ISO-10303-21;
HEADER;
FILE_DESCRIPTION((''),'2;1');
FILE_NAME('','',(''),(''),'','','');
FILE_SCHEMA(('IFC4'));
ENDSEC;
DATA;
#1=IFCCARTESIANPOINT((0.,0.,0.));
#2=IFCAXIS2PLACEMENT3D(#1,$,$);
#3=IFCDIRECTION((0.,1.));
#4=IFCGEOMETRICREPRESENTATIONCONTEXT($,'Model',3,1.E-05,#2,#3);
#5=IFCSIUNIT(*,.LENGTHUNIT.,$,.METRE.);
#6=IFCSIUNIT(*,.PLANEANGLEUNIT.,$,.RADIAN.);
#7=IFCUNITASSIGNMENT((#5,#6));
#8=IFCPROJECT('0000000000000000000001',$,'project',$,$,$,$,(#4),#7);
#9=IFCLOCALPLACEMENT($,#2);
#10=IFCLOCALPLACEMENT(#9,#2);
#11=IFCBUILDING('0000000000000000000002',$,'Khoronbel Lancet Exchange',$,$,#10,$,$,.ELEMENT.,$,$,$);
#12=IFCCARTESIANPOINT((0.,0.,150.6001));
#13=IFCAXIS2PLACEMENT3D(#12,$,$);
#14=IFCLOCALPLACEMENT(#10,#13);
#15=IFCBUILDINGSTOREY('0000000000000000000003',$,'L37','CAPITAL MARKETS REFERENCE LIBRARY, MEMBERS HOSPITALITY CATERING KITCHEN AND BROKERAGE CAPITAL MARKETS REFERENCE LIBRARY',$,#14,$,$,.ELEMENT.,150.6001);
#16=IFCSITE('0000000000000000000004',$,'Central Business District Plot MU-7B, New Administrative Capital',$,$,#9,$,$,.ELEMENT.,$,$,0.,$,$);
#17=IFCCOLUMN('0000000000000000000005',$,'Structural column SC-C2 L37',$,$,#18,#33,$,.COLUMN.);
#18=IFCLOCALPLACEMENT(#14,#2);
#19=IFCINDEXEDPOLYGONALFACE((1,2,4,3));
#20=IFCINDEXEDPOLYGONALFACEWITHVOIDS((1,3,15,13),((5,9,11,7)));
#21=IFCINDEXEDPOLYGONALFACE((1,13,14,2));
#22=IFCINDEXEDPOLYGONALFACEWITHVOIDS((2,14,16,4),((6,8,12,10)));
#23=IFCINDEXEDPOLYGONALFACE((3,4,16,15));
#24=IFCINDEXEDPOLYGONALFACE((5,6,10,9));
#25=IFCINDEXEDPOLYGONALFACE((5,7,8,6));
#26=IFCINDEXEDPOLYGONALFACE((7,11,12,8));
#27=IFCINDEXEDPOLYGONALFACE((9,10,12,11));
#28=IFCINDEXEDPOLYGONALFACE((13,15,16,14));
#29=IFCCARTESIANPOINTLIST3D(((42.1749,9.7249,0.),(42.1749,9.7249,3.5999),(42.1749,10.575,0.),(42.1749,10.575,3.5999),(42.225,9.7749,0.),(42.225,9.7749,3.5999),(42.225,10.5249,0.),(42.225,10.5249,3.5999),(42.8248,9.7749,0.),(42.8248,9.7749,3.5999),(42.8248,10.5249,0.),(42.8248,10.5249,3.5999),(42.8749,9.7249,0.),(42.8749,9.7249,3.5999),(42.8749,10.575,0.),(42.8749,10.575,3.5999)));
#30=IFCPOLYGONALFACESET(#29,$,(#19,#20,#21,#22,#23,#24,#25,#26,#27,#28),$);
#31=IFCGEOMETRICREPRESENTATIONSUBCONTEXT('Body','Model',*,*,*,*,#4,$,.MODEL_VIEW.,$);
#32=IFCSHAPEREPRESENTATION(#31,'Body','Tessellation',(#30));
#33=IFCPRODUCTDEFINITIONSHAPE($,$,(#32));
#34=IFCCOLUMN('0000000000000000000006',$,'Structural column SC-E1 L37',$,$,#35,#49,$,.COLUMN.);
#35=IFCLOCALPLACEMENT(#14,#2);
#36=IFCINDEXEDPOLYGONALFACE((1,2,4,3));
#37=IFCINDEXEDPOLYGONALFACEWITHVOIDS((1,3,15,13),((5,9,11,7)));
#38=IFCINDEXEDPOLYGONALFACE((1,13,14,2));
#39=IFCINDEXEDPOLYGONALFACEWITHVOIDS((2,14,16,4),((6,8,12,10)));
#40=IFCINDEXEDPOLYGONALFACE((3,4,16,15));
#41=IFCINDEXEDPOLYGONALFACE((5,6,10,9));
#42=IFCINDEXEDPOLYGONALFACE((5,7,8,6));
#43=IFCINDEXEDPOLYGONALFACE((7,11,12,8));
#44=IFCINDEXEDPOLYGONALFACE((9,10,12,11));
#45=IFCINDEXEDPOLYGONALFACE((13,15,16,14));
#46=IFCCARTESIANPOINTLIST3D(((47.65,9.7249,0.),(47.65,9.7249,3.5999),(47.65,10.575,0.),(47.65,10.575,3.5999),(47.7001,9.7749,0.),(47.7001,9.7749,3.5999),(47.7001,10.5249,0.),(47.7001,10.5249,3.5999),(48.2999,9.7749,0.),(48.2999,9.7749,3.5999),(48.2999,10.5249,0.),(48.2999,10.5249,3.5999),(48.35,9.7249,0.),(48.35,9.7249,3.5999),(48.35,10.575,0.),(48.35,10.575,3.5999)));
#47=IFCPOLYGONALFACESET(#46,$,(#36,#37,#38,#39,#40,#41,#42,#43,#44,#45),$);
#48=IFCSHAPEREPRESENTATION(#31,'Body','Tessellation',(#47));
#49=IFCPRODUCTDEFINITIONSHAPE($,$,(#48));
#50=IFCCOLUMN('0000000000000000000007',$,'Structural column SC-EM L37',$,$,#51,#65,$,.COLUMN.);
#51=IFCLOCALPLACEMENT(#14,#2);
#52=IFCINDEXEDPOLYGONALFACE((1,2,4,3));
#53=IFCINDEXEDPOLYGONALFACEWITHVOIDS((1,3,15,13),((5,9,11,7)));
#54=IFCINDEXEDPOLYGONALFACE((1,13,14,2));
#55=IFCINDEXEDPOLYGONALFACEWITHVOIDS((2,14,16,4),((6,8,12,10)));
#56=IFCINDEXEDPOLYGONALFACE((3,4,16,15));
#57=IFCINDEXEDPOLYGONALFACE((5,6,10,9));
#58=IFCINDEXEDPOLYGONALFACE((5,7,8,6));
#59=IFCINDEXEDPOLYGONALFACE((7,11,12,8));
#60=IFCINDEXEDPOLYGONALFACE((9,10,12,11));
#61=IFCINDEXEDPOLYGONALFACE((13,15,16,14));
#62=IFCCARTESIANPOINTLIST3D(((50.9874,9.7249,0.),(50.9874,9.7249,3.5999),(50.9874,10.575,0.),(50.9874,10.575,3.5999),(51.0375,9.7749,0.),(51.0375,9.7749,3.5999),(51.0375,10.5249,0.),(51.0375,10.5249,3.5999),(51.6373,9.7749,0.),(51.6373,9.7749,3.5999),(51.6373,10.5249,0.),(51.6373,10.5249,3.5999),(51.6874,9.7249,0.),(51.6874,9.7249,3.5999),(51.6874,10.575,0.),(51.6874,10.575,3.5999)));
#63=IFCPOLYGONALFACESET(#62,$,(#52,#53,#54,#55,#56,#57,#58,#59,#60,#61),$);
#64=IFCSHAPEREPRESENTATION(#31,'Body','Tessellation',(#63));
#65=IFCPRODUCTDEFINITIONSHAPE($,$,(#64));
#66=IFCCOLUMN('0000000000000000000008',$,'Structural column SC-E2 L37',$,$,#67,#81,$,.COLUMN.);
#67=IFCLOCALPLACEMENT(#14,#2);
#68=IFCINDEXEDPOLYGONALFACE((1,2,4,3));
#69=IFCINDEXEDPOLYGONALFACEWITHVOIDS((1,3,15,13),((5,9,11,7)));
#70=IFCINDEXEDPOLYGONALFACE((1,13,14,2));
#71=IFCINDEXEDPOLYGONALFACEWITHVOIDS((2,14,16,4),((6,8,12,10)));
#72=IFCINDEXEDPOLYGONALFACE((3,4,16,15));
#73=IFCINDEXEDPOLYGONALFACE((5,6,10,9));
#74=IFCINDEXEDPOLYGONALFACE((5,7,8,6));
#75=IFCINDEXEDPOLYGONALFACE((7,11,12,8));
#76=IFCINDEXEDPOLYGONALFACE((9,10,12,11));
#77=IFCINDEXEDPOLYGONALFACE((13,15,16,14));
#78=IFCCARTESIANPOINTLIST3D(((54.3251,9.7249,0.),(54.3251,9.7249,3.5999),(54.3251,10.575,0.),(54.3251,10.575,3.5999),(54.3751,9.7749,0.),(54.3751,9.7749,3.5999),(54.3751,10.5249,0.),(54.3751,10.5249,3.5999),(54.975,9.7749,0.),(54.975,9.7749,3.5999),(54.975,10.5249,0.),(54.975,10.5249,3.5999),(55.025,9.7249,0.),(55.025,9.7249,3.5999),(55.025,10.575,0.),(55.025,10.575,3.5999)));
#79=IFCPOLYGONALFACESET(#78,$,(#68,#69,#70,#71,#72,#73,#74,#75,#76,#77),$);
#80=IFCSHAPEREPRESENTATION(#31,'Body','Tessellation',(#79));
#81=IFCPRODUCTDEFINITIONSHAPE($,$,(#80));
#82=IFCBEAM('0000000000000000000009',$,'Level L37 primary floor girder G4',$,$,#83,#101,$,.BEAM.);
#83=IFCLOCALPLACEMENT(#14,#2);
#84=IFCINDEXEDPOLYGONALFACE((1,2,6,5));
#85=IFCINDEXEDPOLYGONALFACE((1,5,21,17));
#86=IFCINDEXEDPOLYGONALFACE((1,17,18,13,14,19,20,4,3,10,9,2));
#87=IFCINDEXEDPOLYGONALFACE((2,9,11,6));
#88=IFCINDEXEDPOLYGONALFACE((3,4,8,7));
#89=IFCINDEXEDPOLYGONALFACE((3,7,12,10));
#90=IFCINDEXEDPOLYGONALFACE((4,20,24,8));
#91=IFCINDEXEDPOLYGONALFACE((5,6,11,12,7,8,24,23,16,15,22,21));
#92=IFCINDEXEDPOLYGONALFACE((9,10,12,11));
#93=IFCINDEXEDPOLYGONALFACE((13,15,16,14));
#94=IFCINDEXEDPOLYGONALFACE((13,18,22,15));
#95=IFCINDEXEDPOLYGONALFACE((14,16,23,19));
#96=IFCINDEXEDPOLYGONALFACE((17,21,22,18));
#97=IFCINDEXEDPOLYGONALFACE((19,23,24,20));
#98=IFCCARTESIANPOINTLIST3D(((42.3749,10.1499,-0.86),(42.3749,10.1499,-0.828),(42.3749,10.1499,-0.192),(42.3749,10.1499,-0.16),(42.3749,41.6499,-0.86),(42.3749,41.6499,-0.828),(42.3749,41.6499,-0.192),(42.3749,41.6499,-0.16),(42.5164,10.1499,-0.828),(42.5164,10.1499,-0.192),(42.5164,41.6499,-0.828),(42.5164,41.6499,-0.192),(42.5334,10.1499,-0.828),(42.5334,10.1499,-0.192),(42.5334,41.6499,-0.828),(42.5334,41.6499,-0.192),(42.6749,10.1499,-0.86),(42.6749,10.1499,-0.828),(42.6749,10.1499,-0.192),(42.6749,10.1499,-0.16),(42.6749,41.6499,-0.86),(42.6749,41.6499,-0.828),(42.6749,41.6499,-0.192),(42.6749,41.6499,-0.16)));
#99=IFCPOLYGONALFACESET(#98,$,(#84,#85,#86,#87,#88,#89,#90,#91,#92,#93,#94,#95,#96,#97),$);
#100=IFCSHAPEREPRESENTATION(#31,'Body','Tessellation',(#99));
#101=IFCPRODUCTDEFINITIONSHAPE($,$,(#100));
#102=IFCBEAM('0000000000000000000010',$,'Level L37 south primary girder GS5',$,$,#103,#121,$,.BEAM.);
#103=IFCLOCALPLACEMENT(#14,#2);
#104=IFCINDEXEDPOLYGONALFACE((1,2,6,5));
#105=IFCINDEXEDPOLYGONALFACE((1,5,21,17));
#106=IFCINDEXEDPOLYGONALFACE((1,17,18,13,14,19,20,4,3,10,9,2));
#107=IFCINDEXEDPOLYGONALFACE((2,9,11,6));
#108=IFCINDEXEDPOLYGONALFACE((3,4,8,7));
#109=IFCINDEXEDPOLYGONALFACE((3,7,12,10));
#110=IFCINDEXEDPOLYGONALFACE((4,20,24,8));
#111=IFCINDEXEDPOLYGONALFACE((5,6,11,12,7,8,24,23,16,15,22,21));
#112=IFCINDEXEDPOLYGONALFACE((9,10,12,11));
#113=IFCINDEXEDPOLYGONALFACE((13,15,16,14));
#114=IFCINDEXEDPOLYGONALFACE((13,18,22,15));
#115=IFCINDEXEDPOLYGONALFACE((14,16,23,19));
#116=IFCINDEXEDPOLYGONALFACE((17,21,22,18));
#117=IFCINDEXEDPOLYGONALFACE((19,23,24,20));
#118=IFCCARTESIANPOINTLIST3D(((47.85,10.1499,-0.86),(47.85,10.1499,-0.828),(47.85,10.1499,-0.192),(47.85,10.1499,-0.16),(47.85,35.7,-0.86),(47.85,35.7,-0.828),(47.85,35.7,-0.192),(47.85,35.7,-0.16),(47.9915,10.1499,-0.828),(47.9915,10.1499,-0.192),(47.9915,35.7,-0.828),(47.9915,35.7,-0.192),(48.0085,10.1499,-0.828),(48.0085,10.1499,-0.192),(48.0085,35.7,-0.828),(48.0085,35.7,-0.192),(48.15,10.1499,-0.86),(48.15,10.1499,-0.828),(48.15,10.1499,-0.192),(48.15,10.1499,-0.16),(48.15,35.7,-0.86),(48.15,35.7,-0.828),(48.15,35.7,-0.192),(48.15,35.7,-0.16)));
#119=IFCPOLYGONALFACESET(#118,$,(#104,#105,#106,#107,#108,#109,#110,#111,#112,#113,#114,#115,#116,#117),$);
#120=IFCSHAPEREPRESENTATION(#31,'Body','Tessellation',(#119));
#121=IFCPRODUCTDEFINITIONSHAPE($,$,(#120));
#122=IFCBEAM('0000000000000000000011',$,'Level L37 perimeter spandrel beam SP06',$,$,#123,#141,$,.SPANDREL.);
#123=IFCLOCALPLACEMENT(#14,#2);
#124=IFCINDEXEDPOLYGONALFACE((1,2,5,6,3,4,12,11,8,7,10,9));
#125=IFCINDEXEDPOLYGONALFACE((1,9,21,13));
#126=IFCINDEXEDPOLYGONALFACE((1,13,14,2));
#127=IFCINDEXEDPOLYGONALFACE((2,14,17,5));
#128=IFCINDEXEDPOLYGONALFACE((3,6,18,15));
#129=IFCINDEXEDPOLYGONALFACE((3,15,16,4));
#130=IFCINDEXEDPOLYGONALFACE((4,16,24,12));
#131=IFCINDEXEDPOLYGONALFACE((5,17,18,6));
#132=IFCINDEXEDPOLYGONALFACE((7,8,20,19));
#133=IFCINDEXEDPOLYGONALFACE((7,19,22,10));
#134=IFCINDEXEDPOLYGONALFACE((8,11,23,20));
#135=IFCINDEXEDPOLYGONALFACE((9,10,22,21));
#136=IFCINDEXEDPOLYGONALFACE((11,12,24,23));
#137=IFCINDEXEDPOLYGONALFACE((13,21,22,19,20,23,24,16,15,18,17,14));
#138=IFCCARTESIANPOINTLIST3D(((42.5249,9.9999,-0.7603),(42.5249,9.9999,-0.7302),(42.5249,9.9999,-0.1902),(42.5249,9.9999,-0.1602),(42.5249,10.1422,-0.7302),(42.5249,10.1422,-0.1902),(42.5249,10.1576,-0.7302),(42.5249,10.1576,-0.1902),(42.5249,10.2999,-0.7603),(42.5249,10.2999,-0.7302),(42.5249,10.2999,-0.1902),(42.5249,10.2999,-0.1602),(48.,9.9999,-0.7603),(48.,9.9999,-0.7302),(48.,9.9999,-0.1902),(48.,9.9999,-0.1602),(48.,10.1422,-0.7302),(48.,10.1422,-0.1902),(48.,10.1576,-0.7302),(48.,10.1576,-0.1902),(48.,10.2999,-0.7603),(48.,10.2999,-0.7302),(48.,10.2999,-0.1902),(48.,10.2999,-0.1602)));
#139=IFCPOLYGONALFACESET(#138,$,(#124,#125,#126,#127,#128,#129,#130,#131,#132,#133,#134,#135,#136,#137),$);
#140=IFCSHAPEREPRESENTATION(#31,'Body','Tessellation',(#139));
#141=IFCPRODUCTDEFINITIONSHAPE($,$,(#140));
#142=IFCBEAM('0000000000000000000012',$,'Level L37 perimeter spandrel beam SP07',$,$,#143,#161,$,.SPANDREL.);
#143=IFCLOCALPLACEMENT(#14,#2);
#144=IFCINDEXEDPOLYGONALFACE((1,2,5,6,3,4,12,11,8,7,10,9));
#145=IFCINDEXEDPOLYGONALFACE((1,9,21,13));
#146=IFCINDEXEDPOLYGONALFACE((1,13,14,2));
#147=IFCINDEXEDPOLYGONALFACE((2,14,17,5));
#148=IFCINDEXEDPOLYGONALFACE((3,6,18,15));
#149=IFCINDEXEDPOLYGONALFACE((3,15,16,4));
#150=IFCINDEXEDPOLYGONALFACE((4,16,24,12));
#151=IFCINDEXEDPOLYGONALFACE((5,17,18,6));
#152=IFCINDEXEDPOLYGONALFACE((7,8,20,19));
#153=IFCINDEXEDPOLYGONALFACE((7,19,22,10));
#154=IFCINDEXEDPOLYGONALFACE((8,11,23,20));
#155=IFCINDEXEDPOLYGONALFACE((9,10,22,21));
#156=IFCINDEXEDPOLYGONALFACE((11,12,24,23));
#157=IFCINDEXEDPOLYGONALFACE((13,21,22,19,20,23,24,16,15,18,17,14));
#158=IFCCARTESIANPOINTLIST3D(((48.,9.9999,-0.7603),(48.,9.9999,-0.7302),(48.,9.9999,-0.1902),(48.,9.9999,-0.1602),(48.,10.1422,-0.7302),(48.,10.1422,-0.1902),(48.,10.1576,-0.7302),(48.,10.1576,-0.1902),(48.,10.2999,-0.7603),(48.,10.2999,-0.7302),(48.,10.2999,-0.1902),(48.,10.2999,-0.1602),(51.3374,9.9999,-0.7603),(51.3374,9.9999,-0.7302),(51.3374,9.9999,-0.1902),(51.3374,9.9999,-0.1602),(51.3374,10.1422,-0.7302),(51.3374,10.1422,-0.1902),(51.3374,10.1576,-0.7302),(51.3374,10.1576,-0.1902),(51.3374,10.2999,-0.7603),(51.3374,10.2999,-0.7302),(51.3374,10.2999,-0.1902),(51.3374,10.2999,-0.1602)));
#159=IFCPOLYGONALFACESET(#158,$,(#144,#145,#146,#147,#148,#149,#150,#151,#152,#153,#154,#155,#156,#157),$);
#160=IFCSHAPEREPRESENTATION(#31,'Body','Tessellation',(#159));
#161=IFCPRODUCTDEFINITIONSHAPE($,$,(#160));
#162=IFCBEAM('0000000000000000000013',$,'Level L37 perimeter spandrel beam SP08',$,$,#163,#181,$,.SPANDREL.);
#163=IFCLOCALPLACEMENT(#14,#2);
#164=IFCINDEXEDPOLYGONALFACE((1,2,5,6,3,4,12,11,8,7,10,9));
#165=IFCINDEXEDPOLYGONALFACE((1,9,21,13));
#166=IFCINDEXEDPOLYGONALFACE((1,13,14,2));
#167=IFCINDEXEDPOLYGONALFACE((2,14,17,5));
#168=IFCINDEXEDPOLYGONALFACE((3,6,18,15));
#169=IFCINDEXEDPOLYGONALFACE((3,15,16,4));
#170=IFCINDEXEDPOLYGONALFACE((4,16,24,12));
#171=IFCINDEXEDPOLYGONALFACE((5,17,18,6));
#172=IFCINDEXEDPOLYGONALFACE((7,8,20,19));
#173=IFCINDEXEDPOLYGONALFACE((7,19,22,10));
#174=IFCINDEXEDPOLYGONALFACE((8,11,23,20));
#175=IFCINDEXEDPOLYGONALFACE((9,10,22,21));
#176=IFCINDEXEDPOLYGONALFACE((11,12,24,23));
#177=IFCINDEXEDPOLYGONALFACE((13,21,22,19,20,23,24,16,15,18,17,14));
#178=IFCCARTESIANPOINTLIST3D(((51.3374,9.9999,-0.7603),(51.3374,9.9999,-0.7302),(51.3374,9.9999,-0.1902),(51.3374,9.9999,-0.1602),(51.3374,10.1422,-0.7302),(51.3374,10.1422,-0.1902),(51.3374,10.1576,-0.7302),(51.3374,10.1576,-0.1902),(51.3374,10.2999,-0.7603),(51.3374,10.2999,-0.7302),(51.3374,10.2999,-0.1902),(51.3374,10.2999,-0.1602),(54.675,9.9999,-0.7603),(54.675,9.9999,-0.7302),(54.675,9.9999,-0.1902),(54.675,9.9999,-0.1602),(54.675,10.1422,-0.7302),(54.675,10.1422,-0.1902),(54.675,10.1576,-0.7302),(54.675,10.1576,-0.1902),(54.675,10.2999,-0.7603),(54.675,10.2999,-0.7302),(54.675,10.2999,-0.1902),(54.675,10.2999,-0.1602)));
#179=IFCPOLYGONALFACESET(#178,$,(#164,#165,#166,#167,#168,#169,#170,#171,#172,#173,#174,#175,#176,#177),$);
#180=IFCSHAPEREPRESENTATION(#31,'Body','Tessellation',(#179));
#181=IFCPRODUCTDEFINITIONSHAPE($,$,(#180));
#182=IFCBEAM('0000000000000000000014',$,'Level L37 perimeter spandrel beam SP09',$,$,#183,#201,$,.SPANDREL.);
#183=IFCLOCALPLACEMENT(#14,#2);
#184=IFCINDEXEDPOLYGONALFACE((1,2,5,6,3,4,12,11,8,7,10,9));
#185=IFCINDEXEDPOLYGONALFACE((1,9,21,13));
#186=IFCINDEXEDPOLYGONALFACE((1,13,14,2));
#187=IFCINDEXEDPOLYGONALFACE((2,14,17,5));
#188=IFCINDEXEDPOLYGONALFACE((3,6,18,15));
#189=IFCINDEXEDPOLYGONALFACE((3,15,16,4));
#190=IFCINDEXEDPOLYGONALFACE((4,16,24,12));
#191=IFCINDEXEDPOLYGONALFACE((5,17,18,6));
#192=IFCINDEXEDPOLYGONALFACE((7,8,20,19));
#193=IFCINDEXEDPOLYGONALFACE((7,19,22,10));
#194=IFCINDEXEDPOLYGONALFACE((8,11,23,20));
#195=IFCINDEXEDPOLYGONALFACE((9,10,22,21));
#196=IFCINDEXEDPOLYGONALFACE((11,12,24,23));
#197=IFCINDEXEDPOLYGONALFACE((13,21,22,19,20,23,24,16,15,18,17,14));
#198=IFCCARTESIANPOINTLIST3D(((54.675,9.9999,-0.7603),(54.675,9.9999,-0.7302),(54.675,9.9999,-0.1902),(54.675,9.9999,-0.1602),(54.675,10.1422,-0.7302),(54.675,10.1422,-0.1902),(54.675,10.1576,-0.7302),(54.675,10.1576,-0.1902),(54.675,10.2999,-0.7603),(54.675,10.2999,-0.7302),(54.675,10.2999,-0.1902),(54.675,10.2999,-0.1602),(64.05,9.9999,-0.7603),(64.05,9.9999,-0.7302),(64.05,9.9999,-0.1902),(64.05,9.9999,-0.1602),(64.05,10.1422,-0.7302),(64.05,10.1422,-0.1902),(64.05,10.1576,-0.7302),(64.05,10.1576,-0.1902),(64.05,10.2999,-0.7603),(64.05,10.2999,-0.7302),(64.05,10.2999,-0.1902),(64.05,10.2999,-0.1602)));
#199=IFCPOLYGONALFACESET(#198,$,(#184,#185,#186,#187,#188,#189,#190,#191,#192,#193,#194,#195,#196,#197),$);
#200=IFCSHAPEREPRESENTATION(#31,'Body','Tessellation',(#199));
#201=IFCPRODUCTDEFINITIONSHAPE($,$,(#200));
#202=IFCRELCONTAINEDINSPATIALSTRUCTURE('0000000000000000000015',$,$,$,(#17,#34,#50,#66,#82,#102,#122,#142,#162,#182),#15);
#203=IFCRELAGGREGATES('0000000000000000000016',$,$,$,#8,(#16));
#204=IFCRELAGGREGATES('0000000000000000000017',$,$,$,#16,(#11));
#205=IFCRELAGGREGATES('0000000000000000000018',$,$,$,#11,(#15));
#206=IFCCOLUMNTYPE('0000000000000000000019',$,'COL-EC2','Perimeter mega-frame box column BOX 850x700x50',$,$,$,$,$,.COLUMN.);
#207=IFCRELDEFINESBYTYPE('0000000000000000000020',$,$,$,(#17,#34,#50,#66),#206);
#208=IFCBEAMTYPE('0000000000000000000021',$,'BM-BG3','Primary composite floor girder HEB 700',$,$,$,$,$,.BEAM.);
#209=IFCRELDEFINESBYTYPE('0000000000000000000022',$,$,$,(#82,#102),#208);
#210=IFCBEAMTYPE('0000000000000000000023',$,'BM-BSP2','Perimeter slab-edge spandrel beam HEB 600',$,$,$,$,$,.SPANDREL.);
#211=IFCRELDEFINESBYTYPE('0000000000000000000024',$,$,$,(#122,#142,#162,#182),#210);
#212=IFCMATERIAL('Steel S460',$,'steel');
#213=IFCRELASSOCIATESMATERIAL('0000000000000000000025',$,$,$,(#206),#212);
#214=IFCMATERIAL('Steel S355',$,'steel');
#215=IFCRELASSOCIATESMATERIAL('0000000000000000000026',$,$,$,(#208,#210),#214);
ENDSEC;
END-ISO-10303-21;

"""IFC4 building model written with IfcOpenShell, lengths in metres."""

from ifc_helpers import new_model, si_unit, direction, frame, origin, origin_2d, place, context, subcontext, project, spatial, hollow_rectangle, i_section, extrude, material, material_profile, profile_set, type_object, element, save


model = new_model("IFC4")

# Units and contexts
model_context = context("Model", 3, precision=1e-05, world=origin(), true_north=direction((0.0, 1.0)))
body_context = subcontext(model_context, "Body", "Model", "MODEL_VIEW")
ifc_project = project(units=[si_unit("LENGTHUNIT", "METRE"), si_unit("PLANEANGLEUNIT", "RADIAN")], contexts=[model_context])

# Site, building, storey
site_placement = place(None, origin())
site = spatial("IfcSite", under=ifc_project, at=site_placement, Name="Central Business District Plot MU-7B, New Administrative Capital", CompositionType="ELEMENT", RefElevation=0.0)
building_placement = place(site_placement, origin())
building = spatial("IfcBuilding", under=site, at=building_placement, Name="Khoronbel Lancet Exchange", CompositionType="ELEMENT")
storey_placement = place(building_placement, frame((0.0, 0.0, 150.6001)))
storey = spatial("IfcBuildingStorey", under=building, at=storey_placement, Name="L37", Description="CAPITAL MARKETS REFERENCE LIBRARY, MEMBERS HOSPITALITY CATERING KITCHEN AND BROKERAGE CAPITAL MARKETS REFERENCE LIBRARY", CompositionType="ELEMENT", Elevation=150.6001)

# Columns
ifc_material_1 = material(Name="Steel S460", Category="steel")
ifc_material_profile_1 = material_profile(ifc_material_1, hollow_rectangle(XDim=0.7, YDim=0.8501, WallThickness=0.05, at=origin_2d()), Name="BOX 850x700x50")
ifc_profile_set_1 = profile_set([ifc_material_profile_1], Name="Steel S460")
column_type = type_object("IfcColumnType", Name="COL-EC2", Description="Perimeter mega-frame box column BOX 850x700x50", PredefinedType="COLUMN", material=ifc_profile_set_1)
for number, where, z_axis, x_axis, name in (
    (1, (42.5249, 10.1499, 0.0), (0.0, 0.0, 1.0), (1.0, 0.0, 0.0), "Structural column SC-C2 L37"),
    (2, (48.0, 10.1499, 0.0), (0.0, 0.0, 1.0), (1.0, 0.0, 0.0), "Structural column SC-E1 L37"),
    (3, (51.3374, 10.1499, 0.0), (0.0, 0.0, 1.0), (1.0, 0.0, 0.0), "Structural column SC-EM L37"),
    (4, (54.675, 10.1499, 0.0), (0.0, 0.0, 1.0), (1.0, 0.0, 0.0), "Structural column SC-E2 L37"),
):
    element("IfcColumn", number, at=place(storey_placement, frame(where, z_axis=z_axis, x_axis=x_axis)), inside=storey, type_object=column_type, Name=name, PredefinedType="COLUMN", context=body_context, shape_type="SweptSolid", body=[
        extrude(hollow_rectangle(XDim=0.7, YDim=0.8501, WallThickness=0.05, at=origin_2d()), origin(), (0.0, 0.0, 1.0), 3.5999),
    ])

# Beams
ifc_material_2 = material(Name="Steel S355", Category="steel")
ifc_material_profile_2 = material_profile(ifc_material_2, i_section(OverallWidth=0.3, OverallDepth=0.7, WebThickness=0.0171, FlangeThickness=0.032, at=origin_2d()), Name="HEB 700")
ifc_profile_set_2 = profile_set([ifc_material_profile_2], Name="Steel S355")
beam_type_1 = type_object("IfcBeamType", Name="BM-BG3", Description="Primary composite floor girder HEB 700", PredefinedType="BEAM", material=ifc_profile_set_2)
beam_1_placement = place(storey_placement, frame((42.5249, 10.1499, -0.51), z_axis=(0.0, 1.0, 0.0), x_axis=(-1.0, 0.0, 0.0)))
element("IfcBeam", 5, at=beam_1_placement, inside=storey, type_object=beam_type_1, Name="Level L37 primary floor girder G4", PredefinedType="BEAM", context=body_context, shape_type="SweptSolid", body=[
    extrude(i_section(OverallWidth=0.3, OverallDepth=0.7, WebThickness=0.0171, FlangeThickness=0.032, at=origin_2d()), origin(), (0.0, 0.0, 1.0), 31.5),
])
beam_2_placement = place(storey_placement, frame((48.0, 10.1499, -0.51), z_axis=(0.0, 1.0, 0.0), x_axis=(-1.0, 0.0, 0.0)))
element("IfcBeam", 6, at=beam_2_placement, inside=storey, type_object=beam_type_1, Name="Level L37 south primary girder GS5", PredefinedType="BEAM", context=body_context, shape_type="SweptSolid", body=[
    extrude(i_section(OverallWidth=0.3, OverallDepth=0.7, WebThickness=0.0171, FlangeThickness=0.032, at=origin_2d()), origin(), (0.0, 0.0, 1.0), 25.55),
])
ifc_material_profile_3 = material_profile(ifc_material_2, i_section(OverallWidth=0.3, OverallDepth=0.6001, WebThickness=0.0154, FlangeThickness=0.03, at=origin_2d()), Name="HEB 600")
ifc_profile_set_3 = profile_set([ifc_material_profile_3], Name="Steel S355")
beam_type_2 = type_object("IfcBeamType", Name="BM-BSP2", Description="Perimeter slab-edge spandrel beam HEB 600", PredefinedType="SPANDREL", material=ifc_profile_set_3)
beam_3_placement = place(storey_placement, frame((42.5249, 10.1499, -0.4602), z_axis=(1.0, 0.0, 0.0), x_axis=(0.0, 1.0, 0.0)))
element("IfcBeam", 7, at=beam_3_placement, inside=storey, type_object=beam_type_2, Name="Level L37 perimeter spandrel beam SP06", PredefinedType="SPANDREL", context=body_context, shape_type="SweptSolid", body=[
    extrude(i_section(OverallWidth=0.3, OverallDepth=0.6001, WebThickness=0.0154, FlangeThickness=0.03, at=origin_2d()), origin(), (0.0, 0.0, 1.0), 5.4751),
])
beam_4_placement = place(storey_placement, frame((48.0, 10.1499, -0.4602), z_axis=(1.0, 0.0, 0.0), x_axis=(0.0, 1.0, 0.0)))
element("IfcBeam", 8, at=beam_4_placement, inside=storey, type_object=beam_type_2, Name="Level L37 perimeter spandrel beam SP07", PredefinedType="SPANDREL", context=body_context, shape_type="SweptSolid", body=[
    extrude(i_section(OverallWidth=0.3, OverallDepth=0.6001, WebThickness=0.0154, FlangeThickness=0.03, at=origin_2d()), origin(), (0.0, 0.0, 1.0), 3.3374),
])
beam_5_placement = place(storey_placement, frame((51.3374, 10.1499, -0.4602), z_axis=(1.0, 0.0, 0.0), x_axis=(0.0, 1.0, 0.0)))
element("IfcBeam", 9, at=beam_5_placement, inside=storey, type_object=beam_type_2, Name="Level L37 perimeter spandrel beam SP08", PredefinedType="SPANDREL", context=body_context, shape_type="SweptSolid", body=[
    extrude(i_section(OverallWidth=0.3, OverallDepth=0.6001, WebThickness=0.0154, FlangeThickness=0.03, at=origin_2d()), origin(), (0.0, 0.0, 1.0), 3.3376),
])
beam_6_placement = place(storey_placement, frame((54.675, 10.1499, -0.4602), z_axis=(1.0, 0.0, 0.0), x_axis=(0.0, 1.0, 0.0)))
element("IfcBeam", 10, at=beam_6_placement, inside=storey, type_object=beam_type_2, Name="Level L37 perimeter spandrel beam SP09", PredefinedType="SPANDREL", context=body_context, shape_type="SweptSolid", body=[
    extrude(i_section(OverallWidth=0.3, OverallDepth=0.6001, WebThickness=0.0154, FlangeThickness=0.03, at=origin_2d()), origin(), (0.0, 0.0, 1.0), 9.375),
])

save(model, "model.ifc")
